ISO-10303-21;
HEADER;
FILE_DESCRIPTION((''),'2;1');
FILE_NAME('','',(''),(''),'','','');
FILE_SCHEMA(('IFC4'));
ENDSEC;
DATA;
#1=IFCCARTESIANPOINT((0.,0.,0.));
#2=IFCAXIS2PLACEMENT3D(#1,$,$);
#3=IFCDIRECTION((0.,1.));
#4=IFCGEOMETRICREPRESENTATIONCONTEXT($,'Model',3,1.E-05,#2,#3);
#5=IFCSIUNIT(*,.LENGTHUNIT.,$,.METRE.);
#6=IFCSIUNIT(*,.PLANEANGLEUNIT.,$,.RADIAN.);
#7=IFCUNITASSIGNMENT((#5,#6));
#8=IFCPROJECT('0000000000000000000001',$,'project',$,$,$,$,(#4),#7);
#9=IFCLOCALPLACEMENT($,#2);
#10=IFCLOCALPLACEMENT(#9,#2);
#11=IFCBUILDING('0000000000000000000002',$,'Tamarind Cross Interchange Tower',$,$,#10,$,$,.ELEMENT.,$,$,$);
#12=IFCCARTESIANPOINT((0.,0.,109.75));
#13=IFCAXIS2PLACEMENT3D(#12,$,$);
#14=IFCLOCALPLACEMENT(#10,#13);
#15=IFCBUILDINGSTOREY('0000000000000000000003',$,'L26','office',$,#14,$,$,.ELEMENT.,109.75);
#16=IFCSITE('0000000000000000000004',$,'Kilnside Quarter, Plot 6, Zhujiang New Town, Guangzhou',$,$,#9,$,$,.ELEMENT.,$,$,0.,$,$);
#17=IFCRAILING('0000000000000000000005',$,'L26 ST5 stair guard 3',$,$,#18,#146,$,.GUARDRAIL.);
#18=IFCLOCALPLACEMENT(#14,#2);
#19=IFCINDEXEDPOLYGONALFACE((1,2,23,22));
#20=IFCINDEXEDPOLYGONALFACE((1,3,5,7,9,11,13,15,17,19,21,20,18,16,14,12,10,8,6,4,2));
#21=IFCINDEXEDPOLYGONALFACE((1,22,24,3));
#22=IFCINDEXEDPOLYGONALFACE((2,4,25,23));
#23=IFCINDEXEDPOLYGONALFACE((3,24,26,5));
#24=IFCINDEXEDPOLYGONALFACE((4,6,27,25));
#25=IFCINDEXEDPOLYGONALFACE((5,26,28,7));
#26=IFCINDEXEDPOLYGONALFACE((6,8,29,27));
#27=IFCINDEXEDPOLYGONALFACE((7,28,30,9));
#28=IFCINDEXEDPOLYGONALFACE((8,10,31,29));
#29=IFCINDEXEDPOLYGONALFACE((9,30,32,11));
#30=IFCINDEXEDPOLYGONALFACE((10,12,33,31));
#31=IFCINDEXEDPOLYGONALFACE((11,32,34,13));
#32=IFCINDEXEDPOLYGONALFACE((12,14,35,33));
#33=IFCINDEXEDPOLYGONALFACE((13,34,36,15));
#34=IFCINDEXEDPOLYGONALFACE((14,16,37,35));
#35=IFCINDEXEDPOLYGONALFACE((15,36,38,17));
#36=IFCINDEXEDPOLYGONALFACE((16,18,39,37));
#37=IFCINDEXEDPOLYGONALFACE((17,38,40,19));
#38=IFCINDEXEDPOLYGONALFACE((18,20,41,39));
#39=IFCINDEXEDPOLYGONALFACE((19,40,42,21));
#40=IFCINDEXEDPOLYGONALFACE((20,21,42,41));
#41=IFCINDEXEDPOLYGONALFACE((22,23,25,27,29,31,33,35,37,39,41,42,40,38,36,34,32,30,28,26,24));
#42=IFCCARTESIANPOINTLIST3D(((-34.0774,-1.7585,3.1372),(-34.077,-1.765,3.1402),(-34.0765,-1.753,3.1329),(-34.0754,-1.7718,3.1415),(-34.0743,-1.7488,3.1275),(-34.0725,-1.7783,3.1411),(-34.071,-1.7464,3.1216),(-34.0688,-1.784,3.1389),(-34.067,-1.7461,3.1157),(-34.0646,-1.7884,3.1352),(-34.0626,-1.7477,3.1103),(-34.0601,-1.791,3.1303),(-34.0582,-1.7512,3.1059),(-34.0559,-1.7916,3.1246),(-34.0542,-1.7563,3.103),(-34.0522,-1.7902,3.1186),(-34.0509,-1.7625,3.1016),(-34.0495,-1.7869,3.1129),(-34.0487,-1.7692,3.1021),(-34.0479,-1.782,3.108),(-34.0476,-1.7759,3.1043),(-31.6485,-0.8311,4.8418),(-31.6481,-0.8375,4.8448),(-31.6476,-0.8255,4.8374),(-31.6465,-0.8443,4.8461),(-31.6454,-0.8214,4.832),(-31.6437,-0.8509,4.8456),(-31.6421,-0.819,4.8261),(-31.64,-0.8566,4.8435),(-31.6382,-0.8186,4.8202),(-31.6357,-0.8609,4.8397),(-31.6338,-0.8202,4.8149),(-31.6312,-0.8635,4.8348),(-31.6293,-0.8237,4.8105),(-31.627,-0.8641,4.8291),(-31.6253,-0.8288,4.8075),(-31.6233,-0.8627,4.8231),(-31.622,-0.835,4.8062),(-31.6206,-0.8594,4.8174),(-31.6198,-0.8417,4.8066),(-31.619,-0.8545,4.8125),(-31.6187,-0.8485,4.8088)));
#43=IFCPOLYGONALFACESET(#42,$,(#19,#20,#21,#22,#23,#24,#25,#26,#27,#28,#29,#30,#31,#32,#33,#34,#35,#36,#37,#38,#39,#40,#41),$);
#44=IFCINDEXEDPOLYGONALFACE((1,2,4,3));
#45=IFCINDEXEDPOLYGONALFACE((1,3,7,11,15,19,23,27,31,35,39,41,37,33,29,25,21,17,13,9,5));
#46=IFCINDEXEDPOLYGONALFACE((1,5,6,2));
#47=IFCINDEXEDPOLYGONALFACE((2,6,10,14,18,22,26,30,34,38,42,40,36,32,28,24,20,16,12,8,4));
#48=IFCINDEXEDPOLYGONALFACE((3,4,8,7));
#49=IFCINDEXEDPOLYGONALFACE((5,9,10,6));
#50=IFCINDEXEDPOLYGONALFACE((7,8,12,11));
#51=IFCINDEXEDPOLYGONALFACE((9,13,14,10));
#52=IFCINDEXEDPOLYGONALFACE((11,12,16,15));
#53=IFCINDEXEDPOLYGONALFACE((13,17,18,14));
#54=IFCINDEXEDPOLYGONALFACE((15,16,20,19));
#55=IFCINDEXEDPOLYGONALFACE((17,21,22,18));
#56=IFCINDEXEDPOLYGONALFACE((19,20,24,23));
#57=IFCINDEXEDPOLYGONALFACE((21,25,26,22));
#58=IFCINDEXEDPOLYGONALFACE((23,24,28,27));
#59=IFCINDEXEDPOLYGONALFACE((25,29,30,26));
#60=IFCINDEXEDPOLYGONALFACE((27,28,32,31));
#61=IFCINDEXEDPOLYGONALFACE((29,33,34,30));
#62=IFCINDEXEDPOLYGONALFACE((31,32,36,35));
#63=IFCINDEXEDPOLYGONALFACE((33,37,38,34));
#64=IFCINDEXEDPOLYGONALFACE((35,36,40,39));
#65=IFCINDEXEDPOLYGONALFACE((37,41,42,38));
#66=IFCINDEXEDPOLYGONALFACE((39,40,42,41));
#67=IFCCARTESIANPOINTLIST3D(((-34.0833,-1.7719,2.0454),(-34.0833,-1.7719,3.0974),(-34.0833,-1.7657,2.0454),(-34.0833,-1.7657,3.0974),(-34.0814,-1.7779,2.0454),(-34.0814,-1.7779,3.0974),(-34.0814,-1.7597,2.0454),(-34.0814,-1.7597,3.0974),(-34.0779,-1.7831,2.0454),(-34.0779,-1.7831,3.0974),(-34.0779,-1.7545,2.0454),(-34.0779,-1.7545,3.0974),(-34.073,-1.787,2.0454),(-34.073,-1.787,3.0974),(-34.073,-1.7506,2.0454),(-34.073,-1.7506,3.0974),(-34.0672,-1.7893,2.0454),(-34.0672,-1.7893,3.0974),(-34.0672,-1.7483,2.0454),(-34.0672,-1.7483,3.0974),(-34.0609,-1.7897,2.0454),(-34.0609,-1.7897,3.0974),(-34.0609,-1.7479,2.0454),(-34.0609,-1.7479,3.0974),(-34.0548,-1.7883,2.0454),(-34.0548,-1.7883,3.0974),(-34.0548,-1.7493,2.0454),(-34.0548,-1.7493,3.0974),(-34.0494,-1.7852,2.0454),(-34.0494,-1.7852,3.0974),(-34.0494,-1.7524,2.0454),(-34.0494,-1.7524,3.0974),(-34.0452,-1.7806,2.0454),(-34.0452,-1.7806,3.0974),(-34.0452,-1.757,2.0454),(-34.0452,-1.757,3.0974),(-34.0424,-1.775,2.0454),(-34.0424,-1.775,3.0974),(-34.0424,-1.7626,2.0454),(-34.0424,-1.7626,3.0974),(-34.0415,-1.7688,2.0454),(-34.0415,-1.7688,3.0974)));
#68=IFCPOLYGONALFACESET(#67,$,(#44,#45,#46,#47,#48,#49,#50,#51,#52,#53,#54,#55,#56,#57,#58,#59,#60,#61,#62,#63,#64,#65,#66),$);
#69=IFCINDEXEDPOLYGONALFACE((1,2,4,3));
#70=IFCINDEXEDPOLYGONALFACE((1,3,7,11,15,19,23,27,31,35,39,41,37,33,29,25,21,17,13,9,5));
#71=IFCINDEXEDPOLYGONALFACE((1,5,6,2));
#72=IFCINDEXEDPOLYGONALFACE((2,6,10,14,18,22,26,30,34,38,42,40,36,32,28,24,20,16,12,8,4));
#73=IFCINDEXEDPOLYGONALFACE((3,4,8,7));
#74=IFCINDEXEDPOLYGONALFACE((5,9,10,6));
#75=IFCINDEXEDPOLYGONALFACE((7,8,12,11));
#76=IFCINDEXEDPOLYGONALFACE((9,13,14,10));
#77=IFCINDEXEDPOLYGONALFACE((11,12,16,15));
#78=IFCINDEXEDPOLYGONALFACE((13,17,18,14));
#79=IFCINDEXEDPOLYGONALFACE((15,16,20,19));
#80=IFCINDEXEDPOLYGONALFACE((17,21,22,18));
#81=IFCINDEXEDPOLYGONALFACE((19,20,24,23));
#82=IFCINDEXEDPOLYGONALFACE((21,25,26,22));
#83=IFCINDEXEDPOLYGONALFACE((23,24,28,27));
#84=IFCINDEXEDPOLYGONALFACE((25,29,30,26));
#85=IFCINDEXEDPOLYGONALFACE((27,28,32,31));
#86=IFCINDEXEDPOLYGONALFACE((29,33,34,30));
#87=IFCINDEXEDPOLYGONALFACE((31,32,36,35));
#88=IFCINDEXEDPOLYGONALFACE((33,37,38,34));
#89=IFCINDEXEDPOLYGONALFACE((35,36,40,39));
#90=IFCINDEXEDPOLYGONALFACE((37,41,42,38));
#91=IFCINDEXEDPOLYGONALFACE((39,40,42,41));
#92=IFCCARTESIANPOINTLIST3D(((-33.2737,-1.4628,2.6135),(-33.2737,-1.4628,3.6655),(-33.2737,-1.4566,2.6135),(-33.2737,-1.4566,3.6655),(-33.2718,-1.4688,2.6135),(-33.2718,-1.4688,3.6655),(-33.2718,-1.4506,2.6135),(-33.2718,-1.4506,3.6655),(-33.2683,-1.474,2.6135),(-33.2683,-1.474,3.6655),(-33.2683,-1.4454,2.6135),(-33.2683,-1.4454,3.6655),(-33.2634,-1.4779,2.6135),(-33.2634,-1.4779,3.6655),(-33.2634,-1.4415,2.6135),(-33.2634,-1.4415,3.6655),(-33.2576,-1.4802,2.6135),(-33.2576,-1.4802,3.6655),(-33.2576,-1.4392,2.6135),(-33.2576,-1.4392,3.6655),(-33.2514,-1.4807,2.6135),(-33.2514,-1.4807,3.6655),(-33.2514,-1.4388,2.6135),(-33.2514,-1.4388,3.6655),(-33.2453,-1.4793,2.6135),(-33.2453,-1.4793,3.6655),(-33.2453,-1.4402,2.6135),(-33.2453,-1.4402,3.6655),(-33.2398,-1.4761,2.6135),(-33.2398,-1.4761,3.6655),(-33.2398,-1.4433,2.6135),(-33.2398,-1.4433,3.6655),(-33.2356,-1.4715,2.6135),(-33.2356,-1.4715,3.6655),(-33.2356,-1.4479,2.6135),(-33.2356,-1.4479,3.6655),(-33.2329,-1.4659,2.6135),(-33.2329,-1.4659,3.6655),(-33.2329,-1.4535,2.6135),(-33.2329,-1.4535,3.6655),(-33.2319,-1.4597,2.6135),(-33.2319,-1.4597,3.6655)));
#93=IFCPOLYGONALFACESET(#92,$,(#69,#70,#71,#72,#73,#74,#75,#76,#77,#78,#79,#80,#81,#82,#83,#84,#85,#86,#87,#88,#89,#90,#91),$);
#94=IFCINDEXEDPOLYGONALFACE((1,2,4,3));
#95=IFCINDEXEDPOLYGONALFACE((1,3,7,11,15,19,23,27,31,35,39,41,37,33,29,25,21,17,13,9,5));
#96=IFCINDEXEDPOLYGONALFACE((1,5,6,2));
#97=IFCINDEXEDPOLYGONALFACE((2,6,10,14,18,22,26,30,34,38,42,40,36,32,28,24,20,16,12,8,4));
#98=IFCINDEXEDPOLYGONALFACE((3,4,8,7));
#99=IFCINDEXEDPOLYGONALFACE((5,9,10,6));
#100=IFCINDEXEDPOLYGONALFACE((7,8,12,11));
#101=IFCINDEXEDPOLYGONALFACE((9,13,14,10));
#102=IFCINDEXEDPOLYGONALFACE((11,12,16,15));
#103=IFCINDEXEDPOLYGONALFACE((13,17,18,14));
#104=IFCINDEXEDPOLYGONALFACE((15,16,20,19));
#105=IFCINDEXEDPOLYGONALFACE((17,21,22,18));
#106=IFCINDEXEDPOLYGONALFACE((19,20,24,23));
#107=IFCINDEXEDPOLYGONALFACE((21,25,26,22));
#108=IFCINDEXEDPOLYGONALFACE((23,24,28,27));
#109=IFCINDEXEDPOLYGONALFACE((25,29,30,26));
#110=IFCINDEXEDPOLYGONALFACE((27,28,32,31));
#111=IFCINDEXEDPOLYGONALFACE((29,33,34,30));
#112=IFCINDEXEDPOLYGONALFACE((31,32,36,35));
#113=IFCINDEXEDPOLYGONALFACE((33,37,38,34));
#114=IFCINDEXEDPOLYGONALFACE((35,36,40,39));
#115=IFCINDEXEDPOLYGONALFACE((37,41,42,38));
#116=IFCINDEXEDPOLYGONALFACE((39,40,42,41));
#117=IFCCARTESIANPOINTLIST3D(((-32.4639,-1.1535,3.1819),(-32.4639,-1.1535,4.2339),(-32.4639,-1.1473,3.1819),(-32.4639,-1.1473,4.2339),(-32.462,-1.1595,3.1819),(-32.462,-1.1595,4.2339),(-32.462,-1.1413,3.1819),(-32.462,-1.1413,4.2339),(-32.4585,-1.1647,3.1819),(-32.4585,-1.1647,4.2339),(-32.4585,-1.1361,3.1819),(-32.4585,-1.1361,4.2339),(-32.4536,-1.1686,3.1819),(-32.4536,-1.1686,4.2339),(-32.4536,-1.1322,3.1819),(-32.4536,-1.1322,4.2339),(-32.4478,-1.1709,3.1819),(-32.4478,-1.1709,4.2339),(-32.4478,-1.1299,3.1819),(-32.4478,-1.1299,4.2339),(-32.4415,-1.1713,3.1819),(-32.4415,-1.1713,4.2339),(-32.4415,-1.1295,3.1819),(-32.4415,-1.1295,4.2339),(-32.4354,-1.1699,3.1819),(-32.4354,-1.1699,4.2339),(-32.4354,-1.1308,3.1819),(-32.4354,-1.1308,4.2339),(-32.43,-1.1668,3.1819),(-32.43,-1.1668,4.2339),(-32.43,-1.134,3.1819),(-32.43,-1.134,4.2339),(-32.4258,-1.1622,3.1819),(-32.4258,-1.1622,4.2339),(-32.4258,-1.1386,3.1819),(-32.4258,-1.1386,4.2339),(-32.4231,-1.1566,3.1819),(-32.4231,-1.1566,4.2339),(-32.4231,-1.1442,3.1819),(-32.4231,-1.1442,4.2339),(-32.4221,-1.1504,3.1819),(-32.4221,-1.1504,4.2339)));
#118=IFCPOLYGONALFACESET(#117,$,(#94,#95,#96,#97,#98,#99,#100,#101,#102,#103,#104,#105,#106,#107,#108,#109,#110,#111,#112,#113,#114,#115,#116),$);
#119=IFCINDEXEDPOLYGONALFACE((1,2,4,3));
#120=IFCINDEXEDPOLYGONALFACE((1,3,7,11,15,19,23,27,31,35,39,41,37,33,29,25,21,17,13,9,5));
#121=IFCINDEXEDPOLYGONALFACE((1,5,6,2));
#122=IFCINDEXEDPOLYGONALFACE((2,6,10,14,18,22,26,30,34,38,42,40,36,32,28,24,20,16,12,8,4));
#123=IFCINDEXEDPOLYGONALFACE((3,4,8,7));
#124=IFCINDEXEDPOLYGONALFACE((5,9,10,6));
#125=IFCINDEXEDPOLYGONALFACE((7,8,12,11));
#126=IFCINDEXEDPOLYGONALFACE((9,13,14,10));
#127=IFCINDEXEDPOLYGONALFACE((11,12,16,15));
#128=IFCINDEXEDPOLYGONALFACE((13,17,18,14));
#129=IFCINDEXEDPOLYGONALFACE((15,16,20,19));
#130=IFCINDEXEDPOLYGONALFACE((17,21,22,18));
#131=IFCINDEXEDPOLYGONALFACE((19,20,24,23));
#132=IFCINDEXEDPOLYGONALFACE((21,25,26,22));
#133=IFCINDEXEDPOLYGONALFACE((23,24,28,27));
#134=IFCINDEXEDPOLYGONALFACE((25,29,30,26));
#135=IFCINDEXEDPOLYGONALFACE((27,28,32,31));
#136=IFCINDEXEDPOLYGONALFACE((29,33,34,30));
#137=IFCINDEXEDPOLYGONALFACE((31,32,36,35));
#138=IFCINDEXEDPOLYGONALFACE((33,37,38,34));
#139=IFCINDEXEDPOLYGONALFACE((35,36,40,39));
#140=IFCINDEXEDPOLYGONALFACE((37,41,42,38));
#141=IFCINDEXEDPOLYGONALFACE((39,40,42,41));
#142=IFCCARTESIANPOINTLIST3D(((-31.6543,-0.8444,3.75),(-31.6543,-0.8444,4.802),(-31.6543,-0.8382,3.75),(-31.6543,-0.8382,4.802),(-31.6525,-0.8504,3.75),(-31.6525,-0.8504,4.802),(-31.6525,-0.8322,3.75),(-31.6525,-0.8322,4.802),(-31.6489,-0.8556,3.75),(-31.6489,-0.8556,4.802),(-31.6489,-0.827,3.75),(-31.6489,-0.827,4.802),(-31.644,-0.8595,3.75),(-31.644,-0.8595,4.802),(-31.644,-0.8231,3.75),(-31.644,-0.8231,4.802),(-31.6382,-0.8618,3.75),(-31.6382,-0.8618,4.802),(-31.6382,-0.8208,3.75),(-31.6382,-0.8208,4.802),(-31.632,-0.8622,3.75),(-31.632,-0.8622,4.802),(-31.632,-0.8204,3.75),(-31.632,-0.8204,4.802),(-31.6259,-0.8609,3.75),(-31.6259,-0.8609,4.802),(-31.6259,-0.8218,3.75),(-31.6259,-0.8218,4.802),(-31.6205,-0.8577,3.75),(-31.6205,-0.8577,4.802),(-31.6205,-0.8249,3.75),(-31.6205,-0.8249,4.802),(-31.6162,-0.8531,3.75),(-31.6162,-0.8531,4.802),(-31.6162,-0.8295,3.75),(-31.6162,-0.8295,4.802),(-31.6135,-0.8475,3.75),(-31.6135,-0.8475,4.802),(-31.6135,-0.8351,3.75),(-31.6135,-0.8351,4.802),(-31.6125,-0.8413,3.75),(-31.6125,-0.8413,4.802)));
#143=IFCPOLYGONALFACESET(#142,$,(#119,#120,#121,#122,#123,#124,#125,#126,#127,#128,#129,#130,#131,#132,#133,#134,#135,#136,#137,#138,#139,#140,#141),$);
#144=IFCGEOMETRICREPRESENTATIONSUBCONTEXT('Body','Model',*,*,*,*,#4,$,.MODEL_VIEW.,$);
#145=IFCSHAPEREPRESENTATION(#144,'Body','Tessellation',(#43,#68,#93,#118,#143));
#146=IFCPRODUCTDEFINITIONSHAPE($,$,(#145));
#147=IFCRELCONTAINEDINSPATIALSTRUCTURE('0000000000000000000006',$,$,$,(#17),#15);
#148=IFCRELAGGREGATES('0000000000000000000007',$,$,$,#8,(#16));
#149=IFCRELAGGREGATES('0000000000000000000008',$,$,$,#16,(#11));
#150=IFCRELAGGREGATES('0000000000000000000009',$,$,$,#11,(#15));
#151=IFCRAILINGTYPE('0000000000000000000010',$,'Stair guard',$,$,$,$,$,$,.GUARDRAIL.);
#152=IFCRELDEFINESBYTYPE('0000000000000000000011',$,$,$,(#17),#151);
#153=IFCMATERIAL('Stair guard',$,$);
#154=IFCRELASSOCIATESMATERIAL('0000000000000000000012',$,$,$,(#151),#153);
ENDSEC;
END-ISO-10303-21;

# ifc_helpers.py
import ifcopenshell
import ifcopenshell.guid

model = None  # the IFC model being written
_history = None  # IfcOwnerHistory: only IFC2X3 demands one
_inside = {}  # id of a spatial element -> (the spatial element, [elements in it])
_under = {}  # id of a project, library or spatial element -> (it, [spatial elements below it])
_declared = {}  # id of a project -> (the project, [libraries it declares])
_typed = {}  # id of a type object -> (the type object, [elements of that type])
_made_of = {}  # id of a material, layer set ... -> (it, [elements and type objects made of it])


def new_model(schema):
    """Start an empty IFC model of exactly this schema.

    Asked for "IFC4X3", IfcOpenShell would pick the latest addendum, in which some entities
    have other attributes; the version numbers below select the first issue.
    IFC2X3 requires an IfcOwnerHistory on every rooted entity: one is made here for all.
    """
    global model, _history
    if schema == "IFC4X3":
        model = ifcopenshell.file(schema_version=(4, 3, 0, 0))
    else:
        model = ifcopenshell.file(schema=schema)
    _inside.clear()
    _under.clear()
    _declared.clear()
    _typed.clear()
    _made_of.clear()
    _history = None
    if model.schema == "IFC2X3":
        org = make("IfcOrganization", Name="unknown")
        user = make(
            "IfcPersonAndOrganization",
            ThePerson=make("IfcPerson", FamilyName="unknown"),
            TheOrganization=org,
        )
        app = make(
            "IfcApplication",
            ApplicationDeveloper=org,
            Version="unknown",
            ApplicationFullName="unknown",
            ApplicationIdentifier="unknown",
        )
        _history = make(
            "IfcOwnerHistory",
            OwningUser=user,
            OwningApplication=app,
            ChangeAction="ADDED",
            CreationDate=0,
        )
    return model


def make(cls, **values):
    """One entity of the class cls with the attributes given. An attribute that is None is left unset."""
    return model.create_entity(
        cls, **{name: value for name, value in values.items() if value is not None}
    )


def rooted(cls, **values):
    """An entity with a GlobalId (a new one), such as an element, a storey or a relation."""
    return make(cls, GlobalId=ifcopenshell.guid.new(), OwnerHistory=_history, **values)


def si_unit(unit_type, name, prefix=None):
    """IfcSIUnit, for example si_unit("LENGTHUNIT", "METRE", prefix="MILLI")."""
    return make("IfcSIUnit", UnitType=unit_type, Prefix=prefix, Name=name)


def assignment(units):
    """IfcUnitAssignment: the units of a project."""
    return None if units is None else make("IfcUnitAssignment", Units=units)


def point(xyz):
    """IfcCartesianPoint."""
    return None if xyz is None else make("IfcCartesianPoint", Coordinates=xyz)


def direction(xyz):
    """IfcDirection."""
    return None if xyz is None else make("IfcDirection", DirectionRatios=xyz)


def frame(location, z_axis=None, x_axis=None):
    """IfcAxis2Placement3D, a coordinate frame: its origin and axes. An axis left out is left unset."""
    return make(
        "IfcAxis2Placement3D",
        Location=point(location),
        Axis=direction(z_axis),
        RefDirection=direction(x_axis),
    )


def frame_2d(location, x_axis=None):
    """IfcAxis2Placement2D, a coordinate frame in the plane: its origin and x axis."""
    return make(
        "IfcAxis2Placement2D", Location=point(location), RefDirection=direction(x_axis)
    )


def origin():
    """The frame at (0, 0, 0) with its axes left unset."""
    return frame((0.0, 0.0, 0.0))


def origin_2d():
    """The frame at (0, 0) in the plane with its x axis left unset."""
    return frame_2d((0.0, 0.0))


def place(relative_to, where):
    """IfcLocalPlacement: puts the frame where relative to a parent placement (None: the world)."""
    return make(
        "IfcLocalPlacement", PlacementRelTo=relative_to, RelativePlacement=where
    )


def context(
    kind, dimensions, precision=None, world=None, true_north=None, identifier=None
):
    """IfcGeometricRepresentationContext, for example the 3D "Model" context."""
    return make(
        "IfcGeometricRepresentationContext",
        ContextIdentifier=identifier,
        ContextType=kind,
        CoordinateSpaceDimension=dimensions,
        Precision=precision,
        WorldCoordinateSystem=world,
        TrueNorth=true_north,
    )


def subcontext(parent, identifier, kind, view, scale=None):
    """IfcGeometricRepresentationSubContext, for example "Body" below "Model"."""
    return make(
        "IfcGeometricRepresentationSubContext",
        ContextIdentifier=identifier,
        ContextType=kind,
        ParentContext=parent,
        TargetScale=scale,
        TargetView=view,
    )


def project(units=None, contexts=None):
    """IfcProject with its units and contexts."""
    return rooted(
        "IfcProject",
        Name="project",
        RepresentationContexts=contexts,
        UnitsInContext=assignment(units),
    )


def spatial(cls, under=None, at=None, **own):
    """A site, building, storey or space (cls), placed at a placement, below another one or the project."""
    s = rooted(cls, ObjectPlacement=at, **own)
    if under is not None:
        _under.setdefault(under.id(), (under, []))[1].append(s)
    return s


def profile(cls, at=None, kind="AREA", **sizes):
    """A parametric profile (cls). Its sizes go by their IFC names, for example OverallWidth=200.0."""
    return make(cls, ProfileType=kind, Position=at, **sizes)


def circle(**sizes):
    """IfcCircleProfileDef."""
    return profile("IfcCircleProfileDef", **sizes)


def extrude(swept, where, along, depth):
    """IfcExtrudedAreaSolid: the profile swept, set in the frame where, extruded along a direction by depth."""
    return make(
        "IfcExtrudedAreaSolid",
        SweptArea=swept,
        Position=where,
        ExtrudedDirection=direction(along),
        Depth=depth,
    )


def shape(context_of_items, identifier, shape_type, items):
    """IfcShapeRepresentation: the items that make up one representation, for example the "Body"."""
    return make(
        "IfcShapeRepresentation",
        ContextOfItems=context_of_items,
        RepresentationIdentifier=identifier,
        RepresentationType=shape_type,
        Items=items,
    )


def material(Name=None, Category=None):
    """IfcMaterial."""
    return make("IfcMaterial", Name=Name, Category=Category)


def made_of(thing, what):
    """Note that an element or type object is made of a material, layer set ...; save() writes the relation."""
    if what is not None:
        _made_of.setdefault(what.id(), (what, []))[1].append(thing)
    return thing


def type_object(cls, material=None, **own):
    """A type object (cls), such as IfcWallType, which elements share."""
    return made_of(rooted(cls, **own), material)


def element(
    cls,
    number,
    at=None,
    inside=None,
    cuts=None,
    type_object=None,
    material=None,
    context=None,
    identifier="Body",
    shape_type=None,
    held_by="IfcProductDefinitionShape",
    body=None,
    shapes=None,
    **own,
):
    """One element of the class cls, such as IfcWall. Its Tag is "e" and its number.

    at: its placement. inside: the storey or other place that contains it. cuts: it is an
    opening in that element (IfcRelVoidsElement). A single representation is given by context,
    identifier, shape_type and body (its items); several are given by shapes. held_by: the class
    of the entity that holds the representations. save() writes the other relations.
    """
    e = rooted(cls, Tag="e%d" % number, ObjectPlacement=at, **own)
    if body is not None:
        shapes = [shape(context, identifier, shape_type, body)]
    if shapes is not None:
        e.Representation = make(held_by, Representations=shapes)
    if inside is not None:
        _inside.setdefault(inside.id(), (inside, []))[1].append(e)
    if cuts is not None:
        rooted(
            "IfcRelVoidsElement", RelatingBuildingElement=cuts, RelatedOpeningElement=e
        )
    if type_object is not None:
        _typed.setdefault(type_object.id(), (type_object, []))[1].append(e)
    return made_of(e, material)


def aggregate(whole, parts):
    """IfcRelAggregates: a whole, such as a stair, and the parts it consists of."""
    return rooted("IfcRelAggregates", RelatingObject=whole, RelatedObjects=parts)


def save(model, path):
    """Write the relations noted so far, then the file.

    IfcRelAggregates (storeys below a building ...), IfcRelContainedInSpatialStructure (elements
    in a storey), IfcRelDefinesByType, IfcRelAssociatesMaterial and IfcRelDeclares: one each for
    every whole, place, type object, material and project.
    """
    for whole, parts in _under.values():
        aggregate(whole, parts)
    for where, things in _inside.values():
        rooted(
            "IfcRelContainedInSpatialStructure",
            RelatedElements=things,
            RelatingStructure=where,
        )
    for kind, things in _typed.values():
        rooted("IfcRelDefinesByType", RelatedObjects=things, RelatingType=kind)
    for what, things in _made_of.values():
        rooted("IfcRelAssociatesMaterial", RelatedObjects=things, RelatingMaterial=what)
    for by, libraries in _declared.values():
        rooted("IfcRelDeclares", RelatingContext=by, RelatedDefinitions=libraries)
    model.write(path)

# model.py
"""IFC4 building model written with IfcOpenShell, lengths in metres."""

from ifc_helpers import new_model, si_unit, direction, frame, origin, origin_2d, place, context, subcontext, project, spatial, circle, extrude, material, type_object, element, save


model = new_model("IFC4")

# Units and contexts
model_context = context("Model", 3, precision=1e-05, world=origin(), true_north=direction((0.0, 1.0)))
body_context = subcontext(model_context, "Body", "Model", "MODEL_VIEW")
ifc_project = project(units=[si_unit("LENGTHUNIT", "METRE"), si_unit("PLANEANGLEUNIT", "RADIAN")], contexts=[model_context])

# Site, building, storey
site_placement = place(None, origin())
site = spatial("IfcSite", under=ifc_project, at=site_placement, Name="Kilnside Quarter, Plot 6, Zhujiang New Town, Guangzhou", CompositionType="ELEMENT", RefElevation=0.0)
building_placement = place(site_placement, origin())
building = spatial("IfcBuilding", under=site, at=building_placement, Name="Tamarind Cross Interchange Tower", CompositionType="ELEMENT")
storey_placement = place(building_placement, frame((0.0, 0.0, 109.75)))
storey = spatial("IfcBuildingStorey", under=building, at=storey_placement, Name="L26", Description="office", CompositionType="ELEMENT", Elevation=109.75)

# Railing
ifc_material_1 = material(Name="Stair guard")
railing_type_1 = type_object("IfcRailingType", Name="Stair guard", PredefinedType="GUARDRAIL", material=ifc_material_1)
railing_1_placement = place(storey_placement, frame((-34.0625, -1.7688, 2.0454)))
element("IfcRailing", 1, at=railing_1_placement, inside=storey, type_object=railing_type_1, Name="L26 ST5 stair guard 3", PredefinedType="GUARDRAIL", context=body_context, shape_type="SweptSolid", body=[
    extrude(circle(Radius=0.0239, at=origin_2d()), frame((0.0, 0.0, 1.0762), z_axis=(0.781274, 0.298327, 0.548281), x_axis=(-0.356725, 0.934209, 0.0)), (0.0, 0.0, 1.0), 3.1089),
    extrude(circle(Radius=0.021, at=origin_2d()), origin(), (0.0, 0.0, 1.0), 1.052),
    extrude(circle(Radius=0.021, at=origin_2d()), frame((0.8096, 0.3091, 0.5681)), (0.0, 0.0, 1.0), 1.052),
    extrude(circle(Radius=0.021, at=origin_2d()), frame((1.6194, 0.6184, 1.1365)), (0.0, 0.0, 1.0), 1.052),
    extrude(circle(Radius=0.021, at=origin_2d()), frame((2.429, 0.9275, 1.7046)), (0.0, 0.0, 1.0), 1.052),
])

save(model, "model.ifc")
